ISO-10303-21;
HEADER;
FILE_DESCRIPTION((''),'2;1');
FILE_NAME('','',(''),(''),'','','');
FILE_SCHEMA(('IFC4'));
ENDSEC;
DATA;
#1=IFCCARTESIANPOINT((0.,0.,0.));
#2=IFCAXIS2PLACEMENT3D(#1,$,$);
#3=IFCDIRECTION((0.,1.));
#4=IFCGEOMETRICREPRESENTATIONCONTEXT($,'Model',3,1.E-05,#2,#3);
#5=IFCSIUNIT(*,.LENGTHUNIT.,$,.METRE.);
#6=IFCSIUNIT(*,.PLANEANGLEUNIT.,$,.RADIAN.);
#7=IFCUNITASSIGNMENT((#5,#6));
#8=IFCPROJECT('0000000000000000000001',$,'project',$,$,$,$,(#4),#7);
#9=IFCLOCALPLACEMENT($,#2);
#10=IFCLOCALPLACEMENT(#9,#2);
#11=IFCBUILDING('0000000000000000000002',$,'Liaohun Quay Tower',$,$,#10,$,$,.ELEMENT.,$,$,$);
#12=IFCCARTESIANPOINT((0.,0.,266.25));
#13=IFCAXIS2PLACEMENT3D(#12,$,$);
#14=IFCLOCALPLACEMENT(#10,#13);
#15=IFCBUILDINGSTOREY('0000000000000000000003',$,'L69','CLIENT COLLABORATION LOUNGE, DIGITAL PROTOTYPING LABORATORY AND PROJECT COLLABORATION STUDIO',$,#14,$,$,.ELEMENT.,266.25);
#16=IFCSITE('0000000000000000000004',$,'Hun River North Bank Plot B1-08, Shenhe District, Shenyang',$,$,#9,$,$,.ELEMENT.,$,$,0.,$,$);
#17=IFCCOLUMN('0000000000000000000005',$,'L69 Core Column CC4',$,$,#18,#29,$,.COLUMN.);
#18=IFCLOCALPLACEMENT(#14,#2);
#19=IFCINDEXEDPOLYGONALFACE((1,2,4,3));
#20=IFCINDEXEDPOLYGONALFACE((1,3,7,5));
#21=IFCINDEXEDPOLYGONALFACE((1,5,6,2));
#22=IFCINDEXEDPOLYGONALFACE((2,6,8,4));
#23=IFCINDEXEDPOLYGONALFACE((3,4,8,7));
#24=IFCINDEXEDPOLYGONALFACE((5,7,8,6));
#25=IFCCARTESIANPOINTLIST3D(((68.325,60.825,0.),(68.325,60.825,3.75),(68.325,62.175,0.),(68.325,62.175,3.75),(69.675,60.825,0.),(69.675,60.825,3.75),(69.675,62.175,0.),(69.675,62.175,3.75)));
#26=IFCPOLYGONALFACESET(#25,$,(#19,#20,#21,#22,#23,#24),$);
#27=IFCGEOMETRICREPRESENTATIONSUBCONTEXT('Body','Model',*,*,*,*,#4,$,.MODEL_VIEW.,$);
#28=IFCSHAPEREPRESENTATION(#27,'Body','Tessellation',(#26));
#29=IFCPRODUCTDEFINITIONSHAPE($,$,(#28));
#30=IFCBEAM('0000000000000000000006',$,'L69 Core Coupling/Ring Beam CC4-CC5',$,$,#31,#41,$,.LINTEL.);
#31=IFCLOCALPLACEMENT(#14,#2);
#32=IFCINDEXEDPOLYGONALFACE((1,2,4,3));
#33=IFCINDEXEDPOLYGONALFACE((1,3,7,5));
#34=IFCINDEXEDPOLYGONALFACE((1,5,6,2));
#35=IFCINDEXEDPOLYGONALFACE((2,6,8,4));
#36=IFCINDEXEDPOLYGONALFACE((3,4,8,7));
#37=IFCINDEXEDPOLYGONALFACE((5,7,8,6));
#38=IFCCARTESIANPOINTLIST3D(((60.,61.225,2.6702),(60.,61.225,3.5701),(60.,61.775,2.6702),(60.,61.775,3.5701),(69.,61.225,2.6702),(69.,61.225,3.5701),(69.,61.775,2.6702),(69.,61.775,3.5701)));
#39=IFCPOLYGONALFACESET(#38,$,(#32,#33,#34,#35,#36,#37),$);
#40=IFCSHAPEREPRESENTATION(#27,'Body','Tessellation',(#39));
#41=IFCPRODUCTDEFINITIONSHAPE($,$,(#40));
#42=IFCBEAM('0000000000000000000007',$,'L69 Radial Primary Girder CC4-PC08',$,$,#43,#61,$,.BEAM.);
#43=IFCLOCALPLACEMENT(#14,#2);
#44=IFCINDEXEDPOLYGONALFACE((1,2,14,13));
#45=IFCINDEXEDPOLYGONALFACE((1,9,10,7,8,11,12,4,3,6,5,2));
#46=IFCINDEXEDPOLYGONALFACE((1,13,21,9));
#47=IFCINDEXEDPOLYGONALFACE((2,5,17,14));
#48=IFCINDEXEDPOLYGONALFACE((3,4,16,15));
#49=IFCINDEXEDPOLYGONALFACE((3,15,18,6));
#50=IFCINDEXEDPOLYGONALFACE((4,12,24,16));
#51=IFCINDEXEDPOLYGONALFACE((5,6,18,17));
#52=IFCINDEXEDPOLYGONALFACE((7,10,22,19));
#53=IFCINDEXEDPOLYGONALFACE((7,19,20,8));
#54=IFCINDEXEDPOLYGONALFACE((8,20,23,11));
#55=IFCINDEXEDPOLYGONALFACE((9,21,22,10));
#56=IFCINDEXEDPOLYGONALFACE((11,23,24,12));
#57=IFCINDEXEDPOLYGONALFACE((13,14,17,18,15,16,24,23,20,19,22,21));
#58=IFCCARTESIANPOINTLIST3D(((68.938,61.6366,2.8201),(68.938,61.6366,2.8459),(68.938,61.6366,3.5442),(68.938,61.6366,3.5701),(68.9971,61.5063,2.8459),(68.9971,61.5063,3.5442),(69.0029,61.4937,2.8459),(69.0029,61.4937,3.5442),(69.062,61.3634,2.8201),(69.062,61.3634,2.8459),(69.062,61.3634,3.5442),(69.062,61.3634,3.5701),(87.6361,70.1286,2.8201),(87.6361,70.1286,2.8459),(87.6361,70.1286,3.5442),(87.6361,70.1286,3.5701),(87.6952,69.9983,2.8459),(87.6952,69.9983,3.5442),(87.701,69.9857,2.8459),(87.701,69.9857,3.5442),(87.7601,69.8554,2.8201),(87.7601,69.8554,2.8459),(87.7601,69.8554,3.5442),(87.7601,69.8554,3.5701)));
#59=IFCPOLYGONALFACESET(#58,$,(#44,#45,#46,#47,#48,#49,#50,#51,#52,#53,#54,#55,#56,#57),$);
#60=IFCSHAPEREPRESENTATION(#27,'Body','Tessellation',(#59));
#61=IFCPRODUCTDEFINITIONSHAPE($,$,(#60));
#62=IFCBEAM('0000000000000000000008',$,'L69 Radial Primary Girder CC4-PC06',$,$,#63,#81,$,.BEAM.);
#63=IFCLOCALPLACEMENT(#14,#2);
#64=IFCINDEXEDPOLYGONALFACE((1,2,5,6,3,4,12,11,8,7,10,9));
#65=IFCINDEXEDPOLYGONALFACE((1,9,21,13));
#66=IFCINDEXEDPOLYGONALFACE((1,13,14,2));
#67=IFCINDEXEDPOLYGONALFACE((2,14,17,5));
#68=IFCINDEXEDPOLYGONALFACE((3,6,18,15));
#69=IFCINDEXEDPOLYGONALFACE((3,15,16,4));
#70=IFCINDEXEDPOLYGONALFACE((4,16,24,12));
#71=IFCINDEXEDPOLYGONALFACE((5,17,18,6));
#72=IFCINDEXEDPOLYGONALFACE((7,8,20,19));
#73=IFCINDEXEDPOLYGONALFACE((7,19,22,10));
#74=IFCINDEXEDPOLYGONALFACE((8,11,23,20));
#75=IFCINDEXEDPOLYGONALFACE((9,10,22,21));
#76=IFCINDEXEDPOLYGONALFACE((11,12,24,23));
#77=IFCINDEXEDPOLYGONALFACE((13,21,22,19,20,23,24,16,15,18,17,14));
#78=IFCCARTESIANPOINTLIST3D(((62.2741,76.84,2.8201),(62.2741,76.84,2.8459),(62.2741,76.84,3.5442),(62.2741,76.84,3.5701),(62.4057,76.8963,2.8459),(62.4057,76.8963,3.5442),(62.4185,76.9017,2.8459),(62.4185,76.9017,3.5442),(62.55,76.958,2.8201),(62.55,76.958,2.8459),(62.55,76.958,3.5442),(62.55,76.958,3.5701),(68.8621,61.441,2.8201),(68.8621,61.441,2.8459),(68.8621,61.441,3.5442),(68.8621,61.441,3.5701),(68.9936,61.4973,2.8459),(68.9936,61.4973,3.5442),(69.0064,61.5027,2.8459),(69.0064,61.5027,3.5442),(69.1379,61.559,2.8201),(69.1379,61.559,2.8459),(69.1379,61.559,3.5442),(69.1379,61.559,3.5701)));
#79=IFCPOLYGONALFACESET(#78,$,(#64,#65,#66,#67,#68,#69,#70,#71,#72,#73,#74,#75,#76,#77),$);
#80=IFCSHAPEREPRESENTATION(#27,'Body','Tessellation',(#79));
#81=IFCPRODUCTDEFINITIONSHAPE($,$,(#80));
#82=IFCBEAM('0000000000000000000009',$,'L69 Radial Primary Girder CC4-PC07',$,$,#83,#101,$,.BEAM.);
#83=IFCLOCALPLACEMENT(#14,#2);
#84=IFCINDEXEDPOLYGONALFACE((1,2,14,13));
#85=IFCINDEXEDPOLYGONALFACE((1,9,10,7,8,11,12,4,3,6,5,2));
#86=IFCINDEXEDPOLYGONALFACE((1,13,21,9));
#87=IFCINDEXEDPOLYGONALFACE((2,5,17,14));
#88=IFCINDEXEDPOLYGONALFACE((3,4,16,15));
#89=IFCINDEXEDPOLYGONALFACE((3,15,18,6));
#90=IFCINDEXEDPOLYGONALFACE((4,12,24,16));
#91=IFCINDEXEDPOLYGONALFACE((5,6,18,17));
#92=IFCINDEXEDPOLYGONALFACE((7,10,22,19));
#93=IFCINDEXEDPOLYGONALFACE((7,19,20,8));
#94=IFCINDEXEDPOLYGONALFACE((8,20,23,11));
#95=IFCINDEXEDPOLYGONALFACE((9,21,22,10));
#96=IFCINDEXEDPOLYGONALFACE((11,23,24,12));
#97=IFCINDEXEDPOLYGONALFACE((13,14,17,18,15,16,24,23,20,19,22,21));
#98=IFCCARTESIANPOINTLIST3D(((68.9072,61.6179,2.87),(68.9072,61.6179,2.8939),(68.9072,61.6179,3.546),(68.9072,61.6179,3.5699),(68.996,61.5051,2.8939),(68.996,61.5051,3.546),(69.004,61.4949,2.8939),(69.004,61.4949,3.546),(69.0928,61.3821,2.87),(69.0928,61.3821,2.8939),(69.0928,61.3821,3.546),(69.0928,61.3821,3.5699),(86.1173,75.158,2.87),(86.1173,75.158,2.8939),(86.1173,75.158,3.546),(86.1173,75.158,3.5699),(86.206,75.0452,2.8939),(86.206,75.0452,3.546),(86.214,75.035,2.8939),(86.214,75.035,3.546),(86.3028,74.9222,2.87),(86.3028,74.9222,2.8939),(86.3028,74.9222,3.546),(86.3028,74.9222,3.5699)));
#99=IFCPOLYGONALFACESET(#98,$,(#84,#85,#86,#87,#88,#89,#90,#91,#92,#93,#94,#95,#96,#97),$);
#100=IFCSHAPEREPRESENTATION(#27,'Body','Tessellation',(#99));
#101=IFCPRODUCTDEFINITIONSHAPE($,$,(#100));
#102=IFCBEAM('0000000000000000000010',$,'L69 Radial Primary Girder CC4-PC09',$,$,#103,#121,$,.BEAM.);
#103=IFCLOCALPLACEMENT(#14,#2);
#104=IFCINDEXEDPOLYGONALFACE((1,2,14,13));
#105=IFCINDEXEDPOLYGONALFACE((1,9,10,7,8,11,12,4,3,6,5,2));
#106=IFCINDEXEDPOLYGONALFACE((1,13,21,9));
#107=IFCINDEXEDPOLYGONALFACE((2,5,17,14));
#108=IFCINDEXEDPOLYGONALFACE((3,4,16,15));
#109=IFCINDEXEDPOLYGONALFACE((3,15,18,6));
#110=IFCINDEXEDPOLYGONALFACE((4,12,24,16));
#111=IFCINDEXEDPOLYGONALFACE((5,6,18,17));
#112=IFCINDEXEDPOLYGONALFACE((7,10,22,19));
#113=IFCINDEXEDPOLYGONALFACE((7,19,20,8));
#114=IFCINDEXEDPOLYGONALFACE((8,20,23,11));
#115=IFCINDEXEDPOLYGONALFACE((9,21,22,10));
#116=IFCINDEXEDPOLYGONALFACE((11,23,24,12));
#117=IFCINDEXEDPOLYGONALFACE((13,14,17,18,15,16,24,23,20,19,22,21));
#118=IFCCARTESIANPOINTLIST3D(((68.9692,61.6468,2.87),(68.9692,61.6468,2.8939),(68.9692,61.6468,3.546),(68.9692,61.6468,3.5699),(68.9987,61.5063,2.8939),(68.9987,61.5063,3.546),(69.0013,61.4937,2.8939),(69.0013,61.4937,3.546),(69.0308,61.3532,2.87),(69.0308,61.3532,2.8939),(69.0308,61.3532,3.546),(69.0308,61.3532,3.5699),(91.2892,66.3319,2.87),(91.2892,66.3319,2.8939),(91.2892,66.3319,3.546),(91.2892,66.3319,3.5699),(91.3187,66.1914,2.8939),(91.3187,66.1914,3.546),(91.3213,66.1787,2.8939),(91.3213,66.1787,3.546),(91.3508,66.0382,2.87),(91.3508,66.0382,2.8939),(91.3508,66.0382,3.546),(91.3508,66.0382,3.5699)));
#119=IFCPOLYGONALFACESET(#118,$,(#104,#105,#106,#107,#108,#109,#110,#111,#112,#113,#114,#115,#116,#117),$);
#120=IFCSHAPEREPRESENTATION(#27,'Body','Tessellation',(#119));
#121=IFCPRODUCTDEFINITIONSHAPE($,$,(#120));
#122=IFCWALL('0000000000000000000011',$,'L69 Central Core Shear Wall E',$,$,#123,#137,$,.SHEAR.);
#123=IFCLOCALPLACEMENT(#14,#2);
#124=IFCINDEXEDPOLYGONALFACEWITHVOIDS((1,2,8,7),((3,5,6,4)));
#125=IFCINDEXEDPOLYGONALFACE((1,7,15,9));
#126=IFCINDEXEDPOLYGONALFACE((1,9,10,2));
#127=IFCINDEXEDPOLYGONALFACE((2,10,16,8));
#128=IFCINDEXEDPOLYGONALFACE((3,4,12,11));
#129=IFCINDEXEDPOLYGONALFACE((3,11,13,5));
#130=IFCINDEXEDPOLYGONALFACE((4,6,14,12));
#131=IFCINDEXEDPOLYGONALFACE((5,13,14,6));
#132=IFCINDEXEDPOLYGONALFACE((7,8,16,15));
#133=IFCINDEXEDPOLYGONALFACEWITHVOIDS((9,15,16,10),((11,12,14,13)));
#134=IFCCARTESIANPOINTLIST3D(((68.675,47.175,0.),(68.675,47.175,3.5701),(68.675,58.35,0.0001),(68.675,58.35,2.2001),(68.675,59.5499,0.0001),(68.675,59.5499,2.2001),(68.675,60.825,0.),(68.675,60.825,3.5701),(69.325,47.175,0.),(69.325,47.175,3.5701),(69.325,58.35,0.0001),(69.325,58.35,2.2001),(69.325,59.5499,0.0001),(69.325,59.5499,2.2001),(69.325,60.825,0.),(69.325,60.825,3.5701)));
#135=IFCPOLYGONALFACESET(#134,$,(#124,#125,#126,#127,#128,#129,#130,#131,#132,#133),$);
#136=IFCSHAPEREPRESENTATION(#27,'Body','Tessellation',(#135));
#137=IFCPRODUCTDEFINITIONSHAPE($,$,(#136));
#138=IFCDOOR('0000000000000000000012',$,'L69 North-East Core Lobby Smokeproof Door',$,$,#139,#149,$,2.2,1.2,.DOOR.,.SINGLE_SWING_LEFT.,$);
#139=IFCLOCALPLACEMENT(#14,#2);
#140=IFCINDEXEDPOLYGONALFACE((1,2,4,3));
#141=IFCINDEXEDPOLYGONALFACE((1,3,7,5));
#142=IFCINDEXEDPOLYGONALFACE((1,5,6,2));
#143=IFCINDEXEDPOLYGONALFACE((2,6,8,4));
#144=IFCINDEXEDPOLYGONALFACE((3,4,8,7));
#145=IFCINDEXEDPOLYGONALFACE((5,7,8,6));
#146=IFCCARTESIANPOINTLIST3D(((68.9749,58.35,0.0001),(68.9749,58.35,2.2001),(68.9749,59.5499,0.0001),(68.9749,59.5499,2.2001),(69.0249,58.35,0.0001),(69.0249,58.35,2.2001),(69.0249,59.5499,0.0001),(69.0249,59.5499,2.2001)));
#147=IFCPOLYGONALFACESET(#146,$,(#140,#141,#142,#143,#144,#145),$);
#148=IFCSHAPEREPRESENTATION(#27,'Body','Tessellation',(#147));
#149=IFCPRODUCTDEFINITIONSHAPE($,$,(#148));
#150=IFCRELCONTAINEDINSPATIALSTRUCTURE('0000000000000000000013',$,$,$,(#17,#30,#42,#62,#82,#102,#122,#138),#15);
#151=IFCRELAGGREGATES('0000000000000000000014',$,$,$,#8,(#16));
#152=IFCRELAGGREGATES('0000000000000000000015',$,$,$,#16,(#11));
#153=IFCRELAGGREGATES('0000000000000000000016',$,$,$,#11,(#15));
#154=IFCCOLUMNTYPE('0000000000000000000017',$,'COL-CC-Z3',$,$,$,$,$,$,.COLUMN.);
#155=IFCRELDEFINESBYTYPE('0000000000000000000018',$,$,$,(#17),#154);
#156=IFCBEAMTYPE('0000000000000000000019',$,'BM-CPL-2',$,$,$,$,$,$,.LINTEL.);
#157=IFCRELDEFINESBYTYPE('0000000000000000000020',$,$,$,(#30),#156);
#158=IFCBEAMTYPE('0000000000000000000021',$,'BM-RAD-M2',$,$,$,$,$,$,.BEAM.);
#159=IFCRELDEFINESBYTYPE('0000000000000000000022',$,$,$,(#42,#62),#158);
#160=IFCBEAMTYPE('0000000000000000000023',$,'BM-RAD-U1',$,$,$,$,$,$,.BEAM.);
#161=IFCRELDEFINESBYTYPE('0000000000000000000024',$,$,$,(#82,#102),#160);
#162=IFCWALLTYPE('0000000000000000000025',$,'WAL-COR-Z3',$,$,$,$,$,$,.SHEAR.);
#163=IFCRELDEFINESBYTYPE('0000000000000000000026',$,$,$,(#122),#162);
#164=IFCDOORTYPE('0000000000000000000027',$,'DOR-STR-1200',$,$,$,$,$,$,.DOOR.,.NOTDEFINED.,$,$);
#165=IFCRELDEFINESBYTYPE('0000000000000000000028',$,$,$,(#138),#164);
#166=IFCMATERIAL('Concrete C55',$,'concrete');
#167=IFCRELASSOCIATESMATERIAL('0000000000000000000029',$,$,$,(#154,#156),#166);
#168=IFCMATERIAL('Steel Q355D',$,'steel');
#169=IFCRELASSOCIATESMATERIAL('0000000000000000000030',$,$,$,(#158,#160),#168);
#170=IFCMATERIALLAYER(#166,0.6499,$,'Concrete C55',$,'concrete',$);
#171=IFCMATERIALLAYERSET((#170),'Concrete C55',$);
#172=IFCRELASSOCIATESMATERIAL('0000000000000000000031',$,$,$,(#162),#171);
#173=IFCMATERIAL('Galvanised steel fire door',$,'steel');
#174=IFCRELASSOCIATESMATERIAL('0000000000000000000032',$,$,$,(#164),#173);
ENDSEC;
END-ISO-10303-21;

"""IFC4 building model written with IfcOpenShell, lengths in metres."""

from ifc_helpers import new_model, si_unit, direction, frame, frame_2d, origin, origin_2d, place, context, subcontext, project, spatial, rectangle, i_section, extrude, source, transform, mapped, material, layer, layer_set, material_profile, profile_set, type_object, element, fill, save


model = new_model("IFC4")

# Units and contexts
model_context = context("Model", 3, precision=1e-05, world=origin(), true_north=direction((0.0, 1.0)))
body_context = subcontext(model_context, "Body", "Model", "MODEL_VIEW")
ifc_project = project(units=[si_unit("LENGTHUNIT", "METRE"), si_unit("PLANEANGLEUNIT", "RADIAN")], contexts=[model_context])

# Site, building, storey
site_placement = place(None, origin())
site = spatial("IfcSite", under=ifc_project, at=site_placement, Name="Hun River North Bank Plot B1-08, Shenhe District, Shenyang", CompositionType="ELEMENT", RefElevation=0.0)
building_placement = place(site_placement, origin())
building = spatial("IfcBuilding", under=site, at=building_placement, Name="Liaohun Quay Tower", CompositionType="ELEMENT")
storey_placement = place(building_placement, frame((0.0, 0.0, 266.25)))
storey = spatial("IfcBuildingStorey", under=building, at=storey_placement, Name="L69", Description="CLIENT COLLABORATION LOUNGE, DIGITAL PROTOTYPING LABORATORY AND PROJECT COLLABORATION STUDIO", CompositionType="ELEMENT", Elevation=266.25)

# Column
ifc_material_1 = material(Name="Concrete C55", Category="concrete")
ifc_material_profile_1 = material_profile(ifc_material_1, rectangle(XDim=1.3501, YDim=1.3501, at=origin_2d()), Name="RC1350x1350")
ifc_profile_set_1 = profile_set([ifc_material_profile_1], Name="Concrete C55")
column_type = type_object("IfcColumnType", Name="COL-CC-Z3", PredefinedType="COLUMN", material=ifc_profile_set_1)
shared_shape_1 = source(origin(), body_context, "Body", "SweptSolid", [
    extrude(rectangle(XDim=1.3501, YDim=1.3501, at=origin_2d()), origin(), (0.0, 0.0, 1.0), 3.75),
])
column_placement = place(storey_placement, frame((69.0, 61.5, 0.0), z_axis=(0.0, 0.0, 1.0), x_axis=(1.0, 0.0, 0.0)))
element("IfcColumn", 1, at=column_placement, inside=storey, type_object=column_type, Name="L69 Core Column CC4", PredefinedType="COLUMN", context=body_context, shape_type="MappedRepresentation", body=[
    mapped(shared_shape_1, transform((0.0, 0.0, 0.0), x_axis=(1.0, 0.0, 0.0), y_axis=(0.0, 1.0, 0.0), z_axis=(0.0, 0.0, 1.0), scale=1.0)),
])

# Beams
ifc_material_profile_2 = material_profile(ifc_material_1, rectangle(XDim=0.55, YDim=0.8999, at=origin_2d()), Name="RC550x900")
ifc_profile_set_2 = profile_set([ifc_material_profile_2], Name="Concrete C55")
beam_type_1 = type_object("IfcBeamType", Name="BM-CPL-2", PredefinedType="LINTEL", material=ifc_profile_set_2)
shared_shape_2 = source(origin(), body_context, "Body", "SweptSolid", [
    extrude(rectangle(XDim=0.55, YDim=0.8999, at=origin_2d()), origin(), (0.0, 0.0, 1.0), 9.0),
])
beam_1_placement = place(storey_placement, frame((69.0, 61.5, 3.1201), z_axis=(-1.0, 0.0, 0.0), x_axis=(0.0, -1.0, 0.0)))
element("IfcBeam", 2, at=beam_1_placement, inside=storey, type_object=beam_type_1, Name="L69 Core Coupling/Ring Beam CC4-CC5", PredefinedType="LINTEL", context=body_context, shape_type="MappedRepresentation", body=[
    mapped(shared_shape_2, transform((0.0, 0.0, 0.0), x_axis=(1.0, 0.0, 0.0), y_axis=(0.0, 1.0, 0.0), z_axis=(0.0, 0.0, 1.0), scale=1.0)),
])
ifc_material_2 = material(Name="Steel Q355D", Category="steel")
ifc_material_profile_3 = material_profile(ifc_material_2, i_section(OverallWidth=0.3, OverallDepth=0.75, WebThickness=0.0139, FlangeThickness=0.0259, at=origin_2d()), Name="HN750x300x14x26")
ifc_profile_set_3 = profile_set([ifc_material_profile_3], Name="Steel Q355D")
beam_type_2 = type_object("IfcBeamType", Name="BM-RAD-M2", PredefinedType="BEAM", material=ifc_profile_set_3)
shared_shape_3 = source(origin(), body_context, "Body", "SweptSolid", [
    extrude(i_section(OverallWidth=0.3, OverallDepth=0.75, WebThickness=0.0139, FlangeThickness=0.0259, at=origin_2d()), origin(), (0.0, 0.0, 1.0), 20.5361),
])
beam_2_placement = place(storey_placement, frame((69.0, 61.5, 3.1951), z_axis=(0.910498, 0.413515, 0.0), x_axis=(-0.413515, 0.910498, 0.0)))
element("IfcBeam", 3, at=beam_2_placement, inside=storey, type_object=beam_type_2, Name="L69 Radial Primary Girder CC4-PC08", PredefinedType="BEAM", context=body_context, shape_type="MappedRepresentation", body=[
    mapped(shared_shape_3, transform((0.0, 0.0, 0.0), x_axis=(1.0, 0.0, 0.0), y_axis=(0.0, 1.0, 0.0), z_axis=(0.0, 0.0, 1.0), scale=1.0)),
])
shared_shape_4 = source(origin(), body_context, "Body", "SweptSolid", [
    extrude(i_section(OverallWidth=0.3, OverallDepth=0.75, WebThickness=0.0139, FlangeThickness=0.0259, at=origin_2d()), origin(), (0.0, 0.0, 1.0), 16.749),
])
beam_3_placement = place(storey_placement, frame((69.0, 61.5, 3.1951), z_axis=(-0.393332, 0.919397, 0.0), x_axis=(-0.919397, -0.393332, 0.0)))
element("IfcBeam", 4, at=beam_3_placement, inside=storey, type_object=beam_type_2, Name="L69 Radial Primary Girder CC4-PC06", PredefinedType="BEAM", context=body_context, shape_type="MappedRepresentation", body=[
    mapped(shared_shape_4, transform((0.0, 0.0, 0.0), x_axis=(1.0, 0.0, 0.0), y_axis=(0.0, 1.0, 0.0), z_axis=(0.0, 0.0, 1.0), scale=1.0)),
])
ifc_material_profile_4 = material_profile(ifc_material_2, i_section(OverallWidth=0.3, OverallDepth=0.7, WebThickness=0.0129, FlangeThickness=0.0239, at=origin_2d()), Name="HN700x300x13x24")
ifc_profile_set_4 = profile_set([ifc_material_profile_4], Name="Steel Q355D")
beam_type_3 = type_object("IfcBeamType", Name="BM-RAD-U1", PredefinedType="BEAM", material=ifc_profile_set_4)
shared_shape_5 = source(origin(), body_context, "Body", "SweptSolid", [
    extrude(i_section(OverallWidth=0.3, OverallDepth=0.7, WebThickness=0.0129, FlangeThickness=0.0239, at=origin_2d()), origin(), (0.0, 0.0, 1.0), 21.8979),
])
beam_4_placement = place(storey_placement, frame((69.0, 61.5, 3.22), z_axis=(0.78592, 0.618328, 0.0), x_axis=(-0.618328, 0.78592, 0.0)))
element("IfcBeam", 5, at=beam_4_placement, inside=storey, type_object=beam_type_3, Name="L69 Radial Primary Girder CC4-PC07", PredefinedType="BEAM", context=body_context, shape_type="MappedRepresentation", body=[
    mapped(shared_shape_5, transform((0.0, 0.0, 0.0), x_axis=(1.0, 0.0, 0.0), y_axis=(0.0, 1.0, 0.0), z_axis=(0.0, 0.0, 1.0), scale=1.0)),
])
shared_shape_6 = source(origin(), body_context, "Body", "SweptSolid", [
    extrude(i_section(OverallWidth=0.3, OverallDepth=0.7, WebThickness=0.0129, FlangeThickness=0.0239, at=origin_2d()), origin(), (0.0, 0.0, 1.0), 22.8064),
])
beam_5_placement = place(storey_placement, frame((69.0, 61.5, 3.22), z_axis=(0.978673, 0.205427, 0.0), x_axis=(-0.205427, 0.978673, 0.0)))
element("IfcBeam", 6, at=beam_5_placement, inside=storey, type_object=beam_type_3, Name="L69 Radial Primary Girder CC4-PC09", PredefinedType="BEAM", context=body_context, shape_type="MappedRepresentation", body=[
    mapped(shared_shape_6, transform((0.0, 0.0, 0.0), x_axis=(1.0, 0.0, 0.0), y_axis=(0.0, 1.0, 0.0), z_axis=(0.0, 0.0, 1.0), scale=1.0)),
])

# Wall, opening, door
ifc_layer_1 = layer(ifc_material_1, 0.6499, Name="Concrete C55", Category="concrete")
ifc_layer_set_1 = layer_set([ifc_layer_1], Name="Concrete C55")
wall_type_1 = type_object("IfcWallType", Name="WAL-COR-Z3", PredefinedType="SHEAR", material=ifc_layer_set_1)
wall_1_placement = place(storey_placement, frame((69.0, 60.825, 0.0), z_axis=(0.0, 0.0, 1.0), x_axis=(0.0, -1.0, 0.0)))
wall_1 = element("IfcWall", 7, at=wall_1_placement, inside=storey, type_object=wall_type_1, Name="L69 Central Core Shear Wall E", PredefinedType="SHEAR", context=body_context, shape_type="SweptSolid", body=[
    extrude(rectangle(XDim=13.6499, YDim=0.6499, at=frame_2d((6.825, 0.0))), origin(), (0.0, 0.0, 1.0), 3.5701),
])
shared_shape_7 = source(origin(), body_context, "Body", "SweptSolid", [
    extrude(rectangle(XDim=1.2, YDim=2.2, at=frame_2d((0.6001, 1.1001))), frame((0.0, 0.335, 0.0), z_axis=(0.0, -1.0, 0.0), x_axis=(1.0, 0.0, 0.0)), (0.0, 0.0, 1.0), 0.6699),
])
opening_1_placement = place(wall_1_placement, frame((1.2749, 0.0, 0.0)))
opening_1 = element("IfcOpeningElement", 8, at=opening_1_placement, cuts=wall_1, PredefinedType="OPENING", context=body_context, shape_type="MappedRepresentation", body=[
    mapped(shared_shape_7, transform((0.0, 0.0, 0.0), x_axis=(1.0, 0.0, 0.0), y_axis=(0.0, 1.0, 0.0), z_axis=(0.0, 0.0, 1.0), scale=1.0)),
])
ifc_material_3 = material(Name="Galvanised steel fire door", Category="steel")
door_type_1 = type_object("IfcDoorType", Name="DOR-STR-1200", OperationType="NOTDEFINED", PredefinedType="DOOR", material=ifc_material_3)
shared_shape_8 = source(origin(), body_context, "Body", "SweptSolid", [
    extrude(rectangle(XDim=1.2, YDim=2.2, at=frame_2d((0.6001, 1.1001))), frame((0.0, 0.0249, 0.0), z_axis=(0.0, -1.0, 0.0), x_axis=(1.0, 0.0, 0.0)), (0.0, 0.0, 1.0), 0.05),
])
door_1_placement = place(opening_1_placement, origin())
door_1 = element("IfcDoor", 9, at=door_1_placement, inside=storey, type_object=door_type_1, Name="L69 North-East Core Lobby Smokeproof Door", OperationType="SINGLE_SWING_LEFT", OverallHeight=2.2, OverallWidth=1.2, PredefinedType="DOOR", context=body_context, shape_type="MappedRepresentation", body=[
    mapped(shared_shape_8, transform((0.0, 0.0, 0.0), x_axis=(1.0, 0.0, 0.0), y_axis=(0.0, 1.0, 0.0), z_axis=(0.0, 0.0, 1.0), scale=1.0)),
])
fill(opening_1, door_1)

save(model, "model.ifc")
